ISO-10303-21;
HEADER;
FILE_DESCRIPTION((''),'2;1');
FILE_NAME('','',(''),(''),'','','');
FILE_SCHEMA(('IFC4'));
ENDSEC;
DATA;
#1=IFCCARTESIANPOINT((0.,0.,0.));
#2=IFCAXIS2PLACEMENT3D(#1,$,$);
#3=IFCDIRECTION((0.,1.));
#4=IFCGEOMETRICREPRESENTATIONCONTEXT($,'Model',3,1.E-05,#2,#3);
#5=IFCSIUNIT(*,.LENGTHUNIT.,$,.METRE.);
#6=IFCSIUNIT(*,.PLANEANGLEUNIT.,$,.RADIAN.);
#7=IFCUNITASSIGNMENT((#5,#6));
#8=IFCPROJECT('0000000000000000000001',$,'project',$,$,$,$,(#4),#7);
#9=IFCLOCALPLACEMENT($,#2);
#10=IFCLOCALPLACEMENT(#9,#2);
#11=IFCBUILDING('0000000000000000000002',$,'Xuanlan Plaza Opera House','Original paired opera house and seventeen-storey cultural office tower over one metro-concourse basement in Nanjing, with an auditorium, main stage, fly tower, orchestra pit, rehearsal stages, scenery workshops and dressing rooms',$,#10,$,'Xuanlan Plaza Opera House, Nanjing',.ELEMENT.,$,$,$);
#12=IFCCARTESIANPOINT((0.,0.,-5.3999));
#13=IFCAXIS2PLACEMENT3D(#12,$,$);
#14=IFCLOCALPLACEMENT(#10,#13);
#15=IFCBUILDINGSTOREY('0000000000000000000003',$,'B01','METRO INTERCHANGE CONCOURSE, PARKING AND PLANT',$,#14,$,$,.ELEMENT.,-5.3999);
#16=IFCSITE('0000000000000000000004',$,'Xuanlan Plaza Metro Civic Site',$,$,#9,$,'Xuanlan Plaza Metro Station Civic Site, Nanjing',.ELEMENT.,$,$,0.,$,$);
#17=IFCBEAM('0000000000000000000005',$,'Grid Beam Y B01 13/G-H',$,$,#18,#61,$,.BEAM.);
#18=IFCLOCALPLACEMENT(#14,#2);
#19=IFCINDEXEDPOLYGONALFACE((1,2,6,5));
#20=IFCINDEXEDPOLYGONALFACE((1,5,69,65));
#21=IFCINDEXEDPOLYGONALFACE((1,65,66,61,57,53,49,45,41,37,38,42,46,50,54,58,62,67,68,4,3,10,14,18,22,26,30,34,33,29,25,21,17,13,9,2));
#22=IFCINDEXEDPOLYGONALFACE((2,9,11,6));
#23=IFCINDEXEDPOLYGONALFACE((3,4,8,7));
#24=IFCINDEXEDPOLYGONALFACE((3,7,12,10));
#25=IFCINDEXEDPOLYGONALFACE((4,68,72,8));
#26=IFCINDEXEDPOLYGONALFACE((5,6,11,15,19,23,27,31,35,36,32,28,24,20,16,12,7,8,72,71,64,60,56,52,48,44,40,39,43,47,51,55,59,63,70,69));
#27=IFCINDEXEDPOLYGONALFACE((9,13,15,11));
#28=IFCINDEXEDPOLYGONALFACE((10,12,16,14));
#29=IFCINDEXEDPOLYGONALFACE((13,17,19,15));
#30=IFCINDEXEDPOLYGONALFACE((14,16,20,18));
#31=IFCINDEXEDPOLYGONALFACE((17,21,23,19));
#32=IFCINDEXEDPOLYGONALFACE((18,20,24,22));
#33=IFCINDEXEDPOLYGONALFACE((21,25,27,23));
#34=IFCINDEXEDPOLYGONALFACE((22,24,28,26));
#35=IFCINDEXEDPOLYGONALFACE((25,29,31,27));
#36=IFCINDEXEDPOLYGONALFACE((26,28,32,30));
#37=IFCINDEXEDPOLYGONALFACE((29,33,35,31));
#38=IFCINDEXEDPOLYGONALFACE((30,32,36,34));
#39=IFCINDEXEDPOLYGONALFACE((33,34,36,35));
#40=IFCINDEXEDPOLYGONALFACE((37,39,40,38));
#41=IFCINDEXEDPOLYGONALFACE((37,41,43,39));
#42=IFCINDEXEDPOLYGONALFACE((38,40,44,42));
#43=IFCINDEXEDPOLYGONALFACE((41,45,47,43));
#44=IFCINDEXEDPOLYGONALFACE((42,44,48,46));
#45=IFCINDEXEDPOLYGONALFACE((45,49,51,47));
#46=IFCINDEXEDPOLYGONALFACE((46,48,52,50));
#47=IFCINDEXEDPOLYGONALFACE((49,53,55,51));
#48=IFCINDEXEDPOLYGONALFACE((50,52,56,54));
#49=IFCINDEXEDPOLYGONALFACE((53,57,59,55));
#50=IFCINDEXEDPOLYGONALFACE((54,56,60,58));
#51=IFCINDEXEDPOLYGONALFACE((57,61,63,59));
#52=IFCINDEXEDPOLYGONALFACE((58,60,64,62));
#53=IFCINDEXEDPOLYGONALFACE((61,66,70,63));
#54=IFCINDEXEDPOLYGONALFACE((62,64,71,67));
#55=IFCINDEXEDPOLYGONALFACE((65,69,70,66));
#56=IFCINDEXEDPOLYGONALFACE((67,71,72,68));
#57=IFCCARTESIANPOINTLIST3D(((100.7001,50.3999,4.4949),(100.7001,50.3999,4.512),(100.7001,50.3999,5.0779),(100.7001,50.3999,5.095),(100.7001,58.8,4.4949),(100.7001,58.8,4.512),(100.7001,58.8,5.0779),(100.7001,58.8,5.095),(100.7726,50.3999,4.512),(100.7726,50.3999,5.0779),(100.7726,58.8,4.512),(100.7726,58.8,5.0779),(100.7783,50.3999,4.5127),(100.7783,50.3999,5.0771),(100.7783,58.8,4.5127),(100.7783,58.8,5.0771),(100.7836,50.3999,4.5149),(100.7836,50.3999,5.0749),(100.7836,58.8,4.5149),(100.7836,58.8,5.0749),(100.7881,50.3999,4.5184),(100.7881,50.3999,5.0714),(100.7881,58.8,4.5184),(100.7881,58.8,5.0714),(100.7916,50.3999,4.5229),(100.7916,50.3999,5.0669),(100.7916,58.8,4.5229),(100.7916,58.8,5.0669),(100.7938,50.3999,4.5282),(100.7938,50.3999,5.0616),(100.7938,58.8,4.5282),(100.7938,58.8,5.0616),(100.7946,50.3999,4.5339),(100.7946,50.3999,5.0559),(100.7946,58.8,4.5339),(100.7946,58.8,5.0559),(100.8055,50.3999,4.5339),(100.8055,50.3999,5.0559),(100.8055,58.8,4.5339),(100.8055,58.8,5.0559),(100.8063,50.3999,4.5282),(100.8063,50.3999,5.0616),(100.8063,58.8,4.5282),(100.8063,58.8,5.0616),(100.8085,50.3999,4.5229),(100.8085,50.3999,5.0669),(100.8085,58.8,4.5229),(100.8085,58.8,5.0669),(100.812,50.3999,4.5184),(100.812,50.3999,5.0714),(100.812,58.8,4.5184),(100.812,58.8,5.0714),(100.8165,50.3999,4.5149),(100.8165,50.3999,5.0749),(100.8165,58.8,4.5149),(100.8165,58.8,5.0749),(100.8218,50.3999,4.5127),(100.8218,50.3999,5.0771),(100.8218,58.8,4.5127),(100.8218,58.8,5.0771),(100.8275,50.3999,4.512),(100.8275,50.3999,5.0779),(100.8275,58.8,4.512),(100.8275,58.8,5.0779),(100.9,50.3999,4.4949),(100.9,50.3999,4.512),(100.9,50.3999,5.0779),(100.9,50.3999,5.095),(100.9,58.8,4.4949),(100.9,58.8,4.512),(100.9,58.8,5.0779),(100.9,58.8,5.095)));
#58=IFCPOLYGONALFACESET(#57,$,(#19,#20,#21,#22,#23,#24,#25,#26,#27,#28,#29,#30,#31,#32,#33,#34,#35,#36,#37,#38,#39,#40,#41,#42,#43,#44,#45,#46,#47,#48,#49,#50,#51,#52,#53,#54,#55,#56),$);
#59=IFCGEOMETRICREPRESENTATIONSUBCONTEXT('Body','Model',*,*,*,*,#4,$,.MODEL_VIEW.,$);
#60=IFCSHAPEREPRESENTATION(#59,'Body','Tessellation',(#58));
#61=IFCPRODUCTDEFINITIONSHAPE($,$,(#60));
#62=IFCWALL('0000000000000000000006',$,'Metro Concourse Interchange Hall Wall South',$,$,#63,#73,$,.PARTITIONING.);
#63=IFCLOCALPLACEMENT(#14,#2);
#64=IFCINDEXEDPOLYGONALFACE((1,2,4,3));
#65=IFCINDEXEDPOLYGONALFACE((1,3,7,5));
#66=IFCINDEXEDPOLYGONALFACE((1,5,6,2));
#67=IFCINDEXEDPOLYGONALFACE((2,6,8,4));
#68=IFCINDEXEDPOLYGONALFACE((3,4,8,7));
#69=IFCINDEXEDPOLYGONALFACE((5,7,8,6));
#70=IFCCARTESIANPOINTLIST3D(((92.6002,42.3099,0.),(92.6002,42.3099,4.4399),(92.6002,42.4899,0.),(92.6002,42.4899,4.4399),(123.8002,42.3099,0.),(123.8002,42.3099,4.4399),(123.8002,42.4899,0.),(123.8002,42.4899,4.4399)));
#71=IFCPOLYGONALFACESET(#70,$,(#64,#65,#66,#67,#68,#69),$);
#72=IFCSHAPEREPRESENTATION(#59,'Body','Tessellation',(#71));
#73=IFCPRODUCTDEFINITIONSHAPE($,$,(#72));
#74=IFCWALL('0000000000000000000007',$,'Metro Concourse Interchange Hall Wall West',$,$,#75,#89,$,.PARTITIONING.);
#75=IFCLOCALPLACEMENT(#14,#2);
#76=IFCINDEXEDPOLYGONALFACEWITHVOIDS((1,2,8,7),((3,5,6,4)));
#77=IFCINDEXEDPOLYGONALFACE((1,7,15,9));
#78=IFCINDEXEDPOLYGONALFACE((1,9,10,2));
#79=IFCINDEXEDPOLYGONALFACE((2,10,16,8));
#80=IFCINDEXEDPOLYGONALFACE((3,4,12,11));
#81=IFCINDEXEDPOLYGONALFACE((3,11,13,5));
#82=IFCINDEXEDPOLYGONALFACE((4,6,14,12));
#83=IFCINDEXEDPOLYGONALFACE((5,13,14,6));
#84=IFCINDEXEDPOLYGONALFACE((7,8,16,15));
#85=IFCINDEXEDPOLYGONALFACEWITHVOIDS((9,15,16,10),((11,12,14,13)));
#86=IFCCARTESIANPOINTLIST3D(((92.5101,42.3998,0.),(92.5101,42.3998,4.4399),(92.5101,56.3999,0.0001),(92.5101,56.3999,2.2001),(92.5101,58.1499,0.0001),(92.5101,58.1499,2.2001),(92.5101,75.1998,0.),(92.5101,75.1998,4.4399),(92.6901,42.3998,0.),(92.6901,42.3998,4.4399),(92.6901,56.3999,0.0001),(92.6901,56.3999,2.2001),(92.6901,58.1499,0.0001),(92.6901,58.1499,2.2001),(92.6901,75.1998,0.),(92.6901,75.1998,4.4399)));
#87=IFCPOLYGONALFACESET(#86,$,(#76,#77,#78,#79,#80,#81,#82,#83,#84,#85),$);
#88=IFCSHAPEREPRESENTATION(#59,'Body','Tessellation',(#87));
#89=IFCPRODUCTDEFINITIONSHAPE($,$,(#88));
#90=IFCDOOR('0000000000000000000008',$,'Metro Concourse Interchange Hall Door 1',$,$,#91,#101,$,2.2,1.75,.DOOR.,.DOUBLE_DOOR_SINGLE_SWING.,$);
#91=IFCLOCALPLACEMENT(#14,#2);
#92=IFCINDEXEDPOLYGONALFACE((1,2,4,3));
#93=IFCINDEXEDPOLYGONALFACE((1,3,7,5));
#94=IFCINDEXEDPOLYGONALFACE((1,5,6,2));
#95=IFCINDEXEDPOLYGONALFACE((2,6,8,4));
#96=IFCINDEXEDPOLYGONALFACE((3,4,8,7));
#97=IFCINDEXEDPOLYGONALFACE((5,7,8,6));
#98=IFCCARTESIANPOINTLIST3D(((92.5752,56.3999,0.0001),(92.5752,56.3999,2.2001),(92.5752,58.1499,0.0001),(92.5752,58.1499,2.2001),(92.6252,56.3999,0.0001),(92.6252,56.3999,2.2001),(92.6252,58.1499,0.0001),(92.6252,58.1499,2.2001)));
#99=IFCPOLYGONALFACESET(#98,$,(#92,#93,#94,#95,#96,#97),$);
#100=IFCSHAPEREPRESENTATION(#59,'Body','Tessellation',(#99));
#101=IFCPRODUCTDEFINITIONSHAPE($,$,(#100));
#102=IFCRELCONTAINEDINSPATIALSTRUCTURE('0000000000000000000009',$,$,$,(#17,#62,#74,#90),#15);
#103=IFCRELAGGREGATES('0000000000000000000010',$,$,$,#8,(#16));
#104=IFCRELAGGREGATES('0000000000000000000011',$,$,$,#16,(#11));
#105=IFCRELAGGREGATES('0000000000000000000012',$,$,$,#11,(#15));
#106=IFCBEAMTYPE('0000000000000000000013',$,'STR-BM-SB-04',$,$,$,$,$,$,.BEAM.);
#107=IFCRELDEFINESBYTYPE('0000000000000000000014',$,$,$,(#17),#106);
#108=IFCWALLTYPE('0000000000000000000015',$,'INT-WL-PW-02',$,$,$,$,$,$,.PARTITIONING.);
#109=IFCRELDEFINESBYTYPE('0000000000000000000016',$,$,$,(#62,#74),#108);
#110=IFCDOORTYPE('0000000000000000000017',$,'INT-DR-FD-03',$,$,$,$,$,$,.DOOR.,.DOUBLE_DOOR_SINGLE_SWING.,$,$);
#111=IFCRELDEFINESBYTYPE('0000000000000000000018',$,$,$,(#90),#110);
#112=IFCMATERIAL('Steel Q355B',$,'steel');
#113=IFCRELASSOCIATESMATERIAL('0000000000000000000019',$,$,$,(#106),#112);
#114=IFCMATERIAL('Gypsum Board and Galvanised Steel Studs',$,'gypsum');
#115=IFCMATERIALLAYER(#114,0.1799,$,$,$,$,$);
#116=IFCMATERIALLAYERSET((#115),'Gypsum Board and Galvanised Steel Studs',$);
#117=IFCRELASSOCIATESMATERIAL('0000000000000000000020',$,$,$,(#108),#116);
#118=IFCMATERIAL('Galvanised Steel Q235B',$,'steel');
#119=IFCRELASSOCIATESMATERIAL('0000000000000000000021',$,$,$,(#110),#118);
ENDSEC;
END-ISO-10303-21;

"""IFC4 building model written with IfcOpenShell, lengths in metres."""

from ifc_helpers import new_model, si_unit, direction, frame, frame_2d, origin, origin_2d, place, context, subcontext, project, spatial, rectangle, i_section, extrude, material, layer, layer_set, material_profile, profile_set, type_object, element, fill, save


model = new_model("IFC4")

# Units and contexts
model_context = context("Model", 3, precision=1e-05, world=origin(), true_north=direction((0.0, 1.0)))
body_context = subcontext(model_context, "Body", "Model", "MODEL_VIEW")
ifc_project = project(units=[si_unit("LENGTHUNIT", "METRE"), si_unit("PLANEANGLEUNIT", "RADIAN")], contexts=[model_context])

# Site, building, storey
site_placement = place(None, origin())
site = spatial("IfcSite", under=ifc_project, at=site_placement, Name="Xuanlan Plaza Metro Civic Site", LongName="Xuanlan Plaza Metro Station Civic Site, Nanjing", CompositionType="ELEMENT", RefElevation=0.0)
building_placement = place(site_placement, origin())
building = spatial("IfcBuilding", under=site, at=building_placement, Name="Xuanlan Plaza Opera House", Description="Original paired opera house and seventeen-storey cultural office tower over one metro-concourse basement in Nanjing, with an auditorium, main stage, fly tower, orchestra pit, rehearsal stages, scenery workshops and dressing rooms", LongName="Xuanlan Plaza Opera House, Nanjing", CompositionType="ELEMENT")
storey_placement = place(building_placement, frame((0.0, 0.0, -5.3999)))
storey = spatial("IfcBuildingStorey", under=building, at=storey_placement, Name="B01", Description="METRO INTERCHANGE CONCOURSE, PARKING AND PLANT", CompositionType="ELEMENT", Elevation=-5.3999)

# Beam
ifc_material_1 = material(Name="Steel Q355B", Category="steel")
ifc_material_profile_1 = material_profile(ifc_material_1, i_section(OverallWidth=0.2, OverallDepth=0.6001, WebThickness=0.011, FlangeThickness=0.0171, FilletRadius=0.022, at=origin_2d()), Name="HN 600x200x11x17")
ifc_profile_set_1 = profile_set([ifc_material_profile_1], Name="Steel Q355B")
beam_type_1 = type_object("IfcBeamType", Name="STR-BM-SB-04", PredefinedType="BEAM", material=ifc_profile_set_1)
beam_1_placement = place(storey_placement, frame((100.8, 50.3999, 4.7949), z_axis=(0.0, 1.0, 0.0), x_axis=(-1.0, 0.0, 0.0)))
element("IfcBeam", 1, at=beam_1_placement, inside=storey, type_object=beam_type_1, Name="Grid Beam Y B01 13/G-H", PredefinedType="BEAM", context=body_context, shape_type="SweptSolid", body=[
    extrude(i_section(OverallWidth=0.2, OverallDepth=0.6001, WebThickness=0.011, FlangeThickness=0.0171, FilletRadius=0.022, at=origin_2d()), origin(), (0.0, 0.0, 1.0), 8.4001),
])

# Wall
ifc_material_2 = material(Name="Gypsum Board and Galvanised Steel Studs", Category="gypsum")
ifc_layer = layer(ifc_material_2, 0.1799)
ifc_layer_set = layer_set([ifc_layer], Name="Gypsum Board and Galvanised Steel Studs")
wall_type = type_object("IfcWallType", Name="INT-WL-PW-02", PredefinedType="PARTITIONING", material=ifc_layer_set)
wall_1_placement = place(storey_placement, frame((92.6001, 42.3999, 0.0), z_axis=(0.0, 0.0, 1.0), x_axis=(1.0, 0.0, 0.0)))
element("IfcWall", 2, at=wall_1_placement, inside=storey, type_object=wall_type, Name="Metro Concourse Interchange Hall Wall South", PredefinedType="PARTITIONING", context=body_context, shape_type="SweptSolid", body=[
    extrude(rectangle(XDim=31.2, YDim=0.1799, at=frame_2d((15.6001, 0.0))), origin(), (0.0, 0.0, 1.0), 4.4399),
])

# Wall, opening, door
wall_2_placement = place(storey_placement, frame((92.6001, 42.3999, 0.0), z_axis=(0.0, 0.0, 1.0), x_axis=(0.0, 1.0, 0.0)))
wall_2 = element("IfcWall", 3, at=wall_2_placement, inside=storey, type_object=wall_type, Name="Metro Concourse Interchange Hall Wall West", PredefinedType="PARTITIONING", context=body_context, shape_type="SweptSolid", body=[
    extrude(rectangle(XDim=32.8, YDim=0.1799, at=frame_2d((16.3999, 0.0))), origin(), (0.0, 0.0, 1.0), 4.4399),
])
opening_placement = place(wall_2_placement, frame((14.0, 0.0, 0.0)))
opening = element("IfcOpeningElement", 4, at=opening_placement, cuts=wall_2, PredefinedType="OPENING", context=body_context, shape_type="SweptSolid", body=[
    extrude(rectangle(XDim=1.75, YDim=2.2, at=frame_2d((0.875, 1.1001))), frame((0.0, 0.0999, 0.0), z_axis=(0.0, -1.0, 0.0), x_axis=(1.0, 0.0, 0.0)), (0.0, 0.0, 1.0), 0.2),
])
ifc_material_3 = material(Name="Galvanised Steel Q235B", Category="steel")
door_type = type_object("IfcDoorType", Name="INT-DR-FD-03", OperationType="DOUBLE_DOOR_SINGLE_SWING", PredefinedType="DOOR", material=ifc_material_3)
door_placement = place(opening_placement, origin())
door = element("IfcDoor", 5, at=door_placement, inside=storey, type_object=door_type, Name="Metro Concourse Interchange Hall Door 1", OperationType="DOUBLE_DOOR_SINGLE_SWING", OverallHeight=2.2, OverallWidth=1.75, PredefinedType="DOOR", context=body_context, shape_type="SweptSolid", body=[
    extrude(rectangle(XDim=1.75, YDim=2.2, at=frame_2d((0.875, 1.1001))), frame((0.0, 0.0249, 0.0), z_axis=(0.0, -1.0, 0.0), x_axis=(1.0, 0.0, 0.0)), (0.0, 0.0, 1.0), 0.05),
])
fill(opening, door)

save(model, "model.ifc")
